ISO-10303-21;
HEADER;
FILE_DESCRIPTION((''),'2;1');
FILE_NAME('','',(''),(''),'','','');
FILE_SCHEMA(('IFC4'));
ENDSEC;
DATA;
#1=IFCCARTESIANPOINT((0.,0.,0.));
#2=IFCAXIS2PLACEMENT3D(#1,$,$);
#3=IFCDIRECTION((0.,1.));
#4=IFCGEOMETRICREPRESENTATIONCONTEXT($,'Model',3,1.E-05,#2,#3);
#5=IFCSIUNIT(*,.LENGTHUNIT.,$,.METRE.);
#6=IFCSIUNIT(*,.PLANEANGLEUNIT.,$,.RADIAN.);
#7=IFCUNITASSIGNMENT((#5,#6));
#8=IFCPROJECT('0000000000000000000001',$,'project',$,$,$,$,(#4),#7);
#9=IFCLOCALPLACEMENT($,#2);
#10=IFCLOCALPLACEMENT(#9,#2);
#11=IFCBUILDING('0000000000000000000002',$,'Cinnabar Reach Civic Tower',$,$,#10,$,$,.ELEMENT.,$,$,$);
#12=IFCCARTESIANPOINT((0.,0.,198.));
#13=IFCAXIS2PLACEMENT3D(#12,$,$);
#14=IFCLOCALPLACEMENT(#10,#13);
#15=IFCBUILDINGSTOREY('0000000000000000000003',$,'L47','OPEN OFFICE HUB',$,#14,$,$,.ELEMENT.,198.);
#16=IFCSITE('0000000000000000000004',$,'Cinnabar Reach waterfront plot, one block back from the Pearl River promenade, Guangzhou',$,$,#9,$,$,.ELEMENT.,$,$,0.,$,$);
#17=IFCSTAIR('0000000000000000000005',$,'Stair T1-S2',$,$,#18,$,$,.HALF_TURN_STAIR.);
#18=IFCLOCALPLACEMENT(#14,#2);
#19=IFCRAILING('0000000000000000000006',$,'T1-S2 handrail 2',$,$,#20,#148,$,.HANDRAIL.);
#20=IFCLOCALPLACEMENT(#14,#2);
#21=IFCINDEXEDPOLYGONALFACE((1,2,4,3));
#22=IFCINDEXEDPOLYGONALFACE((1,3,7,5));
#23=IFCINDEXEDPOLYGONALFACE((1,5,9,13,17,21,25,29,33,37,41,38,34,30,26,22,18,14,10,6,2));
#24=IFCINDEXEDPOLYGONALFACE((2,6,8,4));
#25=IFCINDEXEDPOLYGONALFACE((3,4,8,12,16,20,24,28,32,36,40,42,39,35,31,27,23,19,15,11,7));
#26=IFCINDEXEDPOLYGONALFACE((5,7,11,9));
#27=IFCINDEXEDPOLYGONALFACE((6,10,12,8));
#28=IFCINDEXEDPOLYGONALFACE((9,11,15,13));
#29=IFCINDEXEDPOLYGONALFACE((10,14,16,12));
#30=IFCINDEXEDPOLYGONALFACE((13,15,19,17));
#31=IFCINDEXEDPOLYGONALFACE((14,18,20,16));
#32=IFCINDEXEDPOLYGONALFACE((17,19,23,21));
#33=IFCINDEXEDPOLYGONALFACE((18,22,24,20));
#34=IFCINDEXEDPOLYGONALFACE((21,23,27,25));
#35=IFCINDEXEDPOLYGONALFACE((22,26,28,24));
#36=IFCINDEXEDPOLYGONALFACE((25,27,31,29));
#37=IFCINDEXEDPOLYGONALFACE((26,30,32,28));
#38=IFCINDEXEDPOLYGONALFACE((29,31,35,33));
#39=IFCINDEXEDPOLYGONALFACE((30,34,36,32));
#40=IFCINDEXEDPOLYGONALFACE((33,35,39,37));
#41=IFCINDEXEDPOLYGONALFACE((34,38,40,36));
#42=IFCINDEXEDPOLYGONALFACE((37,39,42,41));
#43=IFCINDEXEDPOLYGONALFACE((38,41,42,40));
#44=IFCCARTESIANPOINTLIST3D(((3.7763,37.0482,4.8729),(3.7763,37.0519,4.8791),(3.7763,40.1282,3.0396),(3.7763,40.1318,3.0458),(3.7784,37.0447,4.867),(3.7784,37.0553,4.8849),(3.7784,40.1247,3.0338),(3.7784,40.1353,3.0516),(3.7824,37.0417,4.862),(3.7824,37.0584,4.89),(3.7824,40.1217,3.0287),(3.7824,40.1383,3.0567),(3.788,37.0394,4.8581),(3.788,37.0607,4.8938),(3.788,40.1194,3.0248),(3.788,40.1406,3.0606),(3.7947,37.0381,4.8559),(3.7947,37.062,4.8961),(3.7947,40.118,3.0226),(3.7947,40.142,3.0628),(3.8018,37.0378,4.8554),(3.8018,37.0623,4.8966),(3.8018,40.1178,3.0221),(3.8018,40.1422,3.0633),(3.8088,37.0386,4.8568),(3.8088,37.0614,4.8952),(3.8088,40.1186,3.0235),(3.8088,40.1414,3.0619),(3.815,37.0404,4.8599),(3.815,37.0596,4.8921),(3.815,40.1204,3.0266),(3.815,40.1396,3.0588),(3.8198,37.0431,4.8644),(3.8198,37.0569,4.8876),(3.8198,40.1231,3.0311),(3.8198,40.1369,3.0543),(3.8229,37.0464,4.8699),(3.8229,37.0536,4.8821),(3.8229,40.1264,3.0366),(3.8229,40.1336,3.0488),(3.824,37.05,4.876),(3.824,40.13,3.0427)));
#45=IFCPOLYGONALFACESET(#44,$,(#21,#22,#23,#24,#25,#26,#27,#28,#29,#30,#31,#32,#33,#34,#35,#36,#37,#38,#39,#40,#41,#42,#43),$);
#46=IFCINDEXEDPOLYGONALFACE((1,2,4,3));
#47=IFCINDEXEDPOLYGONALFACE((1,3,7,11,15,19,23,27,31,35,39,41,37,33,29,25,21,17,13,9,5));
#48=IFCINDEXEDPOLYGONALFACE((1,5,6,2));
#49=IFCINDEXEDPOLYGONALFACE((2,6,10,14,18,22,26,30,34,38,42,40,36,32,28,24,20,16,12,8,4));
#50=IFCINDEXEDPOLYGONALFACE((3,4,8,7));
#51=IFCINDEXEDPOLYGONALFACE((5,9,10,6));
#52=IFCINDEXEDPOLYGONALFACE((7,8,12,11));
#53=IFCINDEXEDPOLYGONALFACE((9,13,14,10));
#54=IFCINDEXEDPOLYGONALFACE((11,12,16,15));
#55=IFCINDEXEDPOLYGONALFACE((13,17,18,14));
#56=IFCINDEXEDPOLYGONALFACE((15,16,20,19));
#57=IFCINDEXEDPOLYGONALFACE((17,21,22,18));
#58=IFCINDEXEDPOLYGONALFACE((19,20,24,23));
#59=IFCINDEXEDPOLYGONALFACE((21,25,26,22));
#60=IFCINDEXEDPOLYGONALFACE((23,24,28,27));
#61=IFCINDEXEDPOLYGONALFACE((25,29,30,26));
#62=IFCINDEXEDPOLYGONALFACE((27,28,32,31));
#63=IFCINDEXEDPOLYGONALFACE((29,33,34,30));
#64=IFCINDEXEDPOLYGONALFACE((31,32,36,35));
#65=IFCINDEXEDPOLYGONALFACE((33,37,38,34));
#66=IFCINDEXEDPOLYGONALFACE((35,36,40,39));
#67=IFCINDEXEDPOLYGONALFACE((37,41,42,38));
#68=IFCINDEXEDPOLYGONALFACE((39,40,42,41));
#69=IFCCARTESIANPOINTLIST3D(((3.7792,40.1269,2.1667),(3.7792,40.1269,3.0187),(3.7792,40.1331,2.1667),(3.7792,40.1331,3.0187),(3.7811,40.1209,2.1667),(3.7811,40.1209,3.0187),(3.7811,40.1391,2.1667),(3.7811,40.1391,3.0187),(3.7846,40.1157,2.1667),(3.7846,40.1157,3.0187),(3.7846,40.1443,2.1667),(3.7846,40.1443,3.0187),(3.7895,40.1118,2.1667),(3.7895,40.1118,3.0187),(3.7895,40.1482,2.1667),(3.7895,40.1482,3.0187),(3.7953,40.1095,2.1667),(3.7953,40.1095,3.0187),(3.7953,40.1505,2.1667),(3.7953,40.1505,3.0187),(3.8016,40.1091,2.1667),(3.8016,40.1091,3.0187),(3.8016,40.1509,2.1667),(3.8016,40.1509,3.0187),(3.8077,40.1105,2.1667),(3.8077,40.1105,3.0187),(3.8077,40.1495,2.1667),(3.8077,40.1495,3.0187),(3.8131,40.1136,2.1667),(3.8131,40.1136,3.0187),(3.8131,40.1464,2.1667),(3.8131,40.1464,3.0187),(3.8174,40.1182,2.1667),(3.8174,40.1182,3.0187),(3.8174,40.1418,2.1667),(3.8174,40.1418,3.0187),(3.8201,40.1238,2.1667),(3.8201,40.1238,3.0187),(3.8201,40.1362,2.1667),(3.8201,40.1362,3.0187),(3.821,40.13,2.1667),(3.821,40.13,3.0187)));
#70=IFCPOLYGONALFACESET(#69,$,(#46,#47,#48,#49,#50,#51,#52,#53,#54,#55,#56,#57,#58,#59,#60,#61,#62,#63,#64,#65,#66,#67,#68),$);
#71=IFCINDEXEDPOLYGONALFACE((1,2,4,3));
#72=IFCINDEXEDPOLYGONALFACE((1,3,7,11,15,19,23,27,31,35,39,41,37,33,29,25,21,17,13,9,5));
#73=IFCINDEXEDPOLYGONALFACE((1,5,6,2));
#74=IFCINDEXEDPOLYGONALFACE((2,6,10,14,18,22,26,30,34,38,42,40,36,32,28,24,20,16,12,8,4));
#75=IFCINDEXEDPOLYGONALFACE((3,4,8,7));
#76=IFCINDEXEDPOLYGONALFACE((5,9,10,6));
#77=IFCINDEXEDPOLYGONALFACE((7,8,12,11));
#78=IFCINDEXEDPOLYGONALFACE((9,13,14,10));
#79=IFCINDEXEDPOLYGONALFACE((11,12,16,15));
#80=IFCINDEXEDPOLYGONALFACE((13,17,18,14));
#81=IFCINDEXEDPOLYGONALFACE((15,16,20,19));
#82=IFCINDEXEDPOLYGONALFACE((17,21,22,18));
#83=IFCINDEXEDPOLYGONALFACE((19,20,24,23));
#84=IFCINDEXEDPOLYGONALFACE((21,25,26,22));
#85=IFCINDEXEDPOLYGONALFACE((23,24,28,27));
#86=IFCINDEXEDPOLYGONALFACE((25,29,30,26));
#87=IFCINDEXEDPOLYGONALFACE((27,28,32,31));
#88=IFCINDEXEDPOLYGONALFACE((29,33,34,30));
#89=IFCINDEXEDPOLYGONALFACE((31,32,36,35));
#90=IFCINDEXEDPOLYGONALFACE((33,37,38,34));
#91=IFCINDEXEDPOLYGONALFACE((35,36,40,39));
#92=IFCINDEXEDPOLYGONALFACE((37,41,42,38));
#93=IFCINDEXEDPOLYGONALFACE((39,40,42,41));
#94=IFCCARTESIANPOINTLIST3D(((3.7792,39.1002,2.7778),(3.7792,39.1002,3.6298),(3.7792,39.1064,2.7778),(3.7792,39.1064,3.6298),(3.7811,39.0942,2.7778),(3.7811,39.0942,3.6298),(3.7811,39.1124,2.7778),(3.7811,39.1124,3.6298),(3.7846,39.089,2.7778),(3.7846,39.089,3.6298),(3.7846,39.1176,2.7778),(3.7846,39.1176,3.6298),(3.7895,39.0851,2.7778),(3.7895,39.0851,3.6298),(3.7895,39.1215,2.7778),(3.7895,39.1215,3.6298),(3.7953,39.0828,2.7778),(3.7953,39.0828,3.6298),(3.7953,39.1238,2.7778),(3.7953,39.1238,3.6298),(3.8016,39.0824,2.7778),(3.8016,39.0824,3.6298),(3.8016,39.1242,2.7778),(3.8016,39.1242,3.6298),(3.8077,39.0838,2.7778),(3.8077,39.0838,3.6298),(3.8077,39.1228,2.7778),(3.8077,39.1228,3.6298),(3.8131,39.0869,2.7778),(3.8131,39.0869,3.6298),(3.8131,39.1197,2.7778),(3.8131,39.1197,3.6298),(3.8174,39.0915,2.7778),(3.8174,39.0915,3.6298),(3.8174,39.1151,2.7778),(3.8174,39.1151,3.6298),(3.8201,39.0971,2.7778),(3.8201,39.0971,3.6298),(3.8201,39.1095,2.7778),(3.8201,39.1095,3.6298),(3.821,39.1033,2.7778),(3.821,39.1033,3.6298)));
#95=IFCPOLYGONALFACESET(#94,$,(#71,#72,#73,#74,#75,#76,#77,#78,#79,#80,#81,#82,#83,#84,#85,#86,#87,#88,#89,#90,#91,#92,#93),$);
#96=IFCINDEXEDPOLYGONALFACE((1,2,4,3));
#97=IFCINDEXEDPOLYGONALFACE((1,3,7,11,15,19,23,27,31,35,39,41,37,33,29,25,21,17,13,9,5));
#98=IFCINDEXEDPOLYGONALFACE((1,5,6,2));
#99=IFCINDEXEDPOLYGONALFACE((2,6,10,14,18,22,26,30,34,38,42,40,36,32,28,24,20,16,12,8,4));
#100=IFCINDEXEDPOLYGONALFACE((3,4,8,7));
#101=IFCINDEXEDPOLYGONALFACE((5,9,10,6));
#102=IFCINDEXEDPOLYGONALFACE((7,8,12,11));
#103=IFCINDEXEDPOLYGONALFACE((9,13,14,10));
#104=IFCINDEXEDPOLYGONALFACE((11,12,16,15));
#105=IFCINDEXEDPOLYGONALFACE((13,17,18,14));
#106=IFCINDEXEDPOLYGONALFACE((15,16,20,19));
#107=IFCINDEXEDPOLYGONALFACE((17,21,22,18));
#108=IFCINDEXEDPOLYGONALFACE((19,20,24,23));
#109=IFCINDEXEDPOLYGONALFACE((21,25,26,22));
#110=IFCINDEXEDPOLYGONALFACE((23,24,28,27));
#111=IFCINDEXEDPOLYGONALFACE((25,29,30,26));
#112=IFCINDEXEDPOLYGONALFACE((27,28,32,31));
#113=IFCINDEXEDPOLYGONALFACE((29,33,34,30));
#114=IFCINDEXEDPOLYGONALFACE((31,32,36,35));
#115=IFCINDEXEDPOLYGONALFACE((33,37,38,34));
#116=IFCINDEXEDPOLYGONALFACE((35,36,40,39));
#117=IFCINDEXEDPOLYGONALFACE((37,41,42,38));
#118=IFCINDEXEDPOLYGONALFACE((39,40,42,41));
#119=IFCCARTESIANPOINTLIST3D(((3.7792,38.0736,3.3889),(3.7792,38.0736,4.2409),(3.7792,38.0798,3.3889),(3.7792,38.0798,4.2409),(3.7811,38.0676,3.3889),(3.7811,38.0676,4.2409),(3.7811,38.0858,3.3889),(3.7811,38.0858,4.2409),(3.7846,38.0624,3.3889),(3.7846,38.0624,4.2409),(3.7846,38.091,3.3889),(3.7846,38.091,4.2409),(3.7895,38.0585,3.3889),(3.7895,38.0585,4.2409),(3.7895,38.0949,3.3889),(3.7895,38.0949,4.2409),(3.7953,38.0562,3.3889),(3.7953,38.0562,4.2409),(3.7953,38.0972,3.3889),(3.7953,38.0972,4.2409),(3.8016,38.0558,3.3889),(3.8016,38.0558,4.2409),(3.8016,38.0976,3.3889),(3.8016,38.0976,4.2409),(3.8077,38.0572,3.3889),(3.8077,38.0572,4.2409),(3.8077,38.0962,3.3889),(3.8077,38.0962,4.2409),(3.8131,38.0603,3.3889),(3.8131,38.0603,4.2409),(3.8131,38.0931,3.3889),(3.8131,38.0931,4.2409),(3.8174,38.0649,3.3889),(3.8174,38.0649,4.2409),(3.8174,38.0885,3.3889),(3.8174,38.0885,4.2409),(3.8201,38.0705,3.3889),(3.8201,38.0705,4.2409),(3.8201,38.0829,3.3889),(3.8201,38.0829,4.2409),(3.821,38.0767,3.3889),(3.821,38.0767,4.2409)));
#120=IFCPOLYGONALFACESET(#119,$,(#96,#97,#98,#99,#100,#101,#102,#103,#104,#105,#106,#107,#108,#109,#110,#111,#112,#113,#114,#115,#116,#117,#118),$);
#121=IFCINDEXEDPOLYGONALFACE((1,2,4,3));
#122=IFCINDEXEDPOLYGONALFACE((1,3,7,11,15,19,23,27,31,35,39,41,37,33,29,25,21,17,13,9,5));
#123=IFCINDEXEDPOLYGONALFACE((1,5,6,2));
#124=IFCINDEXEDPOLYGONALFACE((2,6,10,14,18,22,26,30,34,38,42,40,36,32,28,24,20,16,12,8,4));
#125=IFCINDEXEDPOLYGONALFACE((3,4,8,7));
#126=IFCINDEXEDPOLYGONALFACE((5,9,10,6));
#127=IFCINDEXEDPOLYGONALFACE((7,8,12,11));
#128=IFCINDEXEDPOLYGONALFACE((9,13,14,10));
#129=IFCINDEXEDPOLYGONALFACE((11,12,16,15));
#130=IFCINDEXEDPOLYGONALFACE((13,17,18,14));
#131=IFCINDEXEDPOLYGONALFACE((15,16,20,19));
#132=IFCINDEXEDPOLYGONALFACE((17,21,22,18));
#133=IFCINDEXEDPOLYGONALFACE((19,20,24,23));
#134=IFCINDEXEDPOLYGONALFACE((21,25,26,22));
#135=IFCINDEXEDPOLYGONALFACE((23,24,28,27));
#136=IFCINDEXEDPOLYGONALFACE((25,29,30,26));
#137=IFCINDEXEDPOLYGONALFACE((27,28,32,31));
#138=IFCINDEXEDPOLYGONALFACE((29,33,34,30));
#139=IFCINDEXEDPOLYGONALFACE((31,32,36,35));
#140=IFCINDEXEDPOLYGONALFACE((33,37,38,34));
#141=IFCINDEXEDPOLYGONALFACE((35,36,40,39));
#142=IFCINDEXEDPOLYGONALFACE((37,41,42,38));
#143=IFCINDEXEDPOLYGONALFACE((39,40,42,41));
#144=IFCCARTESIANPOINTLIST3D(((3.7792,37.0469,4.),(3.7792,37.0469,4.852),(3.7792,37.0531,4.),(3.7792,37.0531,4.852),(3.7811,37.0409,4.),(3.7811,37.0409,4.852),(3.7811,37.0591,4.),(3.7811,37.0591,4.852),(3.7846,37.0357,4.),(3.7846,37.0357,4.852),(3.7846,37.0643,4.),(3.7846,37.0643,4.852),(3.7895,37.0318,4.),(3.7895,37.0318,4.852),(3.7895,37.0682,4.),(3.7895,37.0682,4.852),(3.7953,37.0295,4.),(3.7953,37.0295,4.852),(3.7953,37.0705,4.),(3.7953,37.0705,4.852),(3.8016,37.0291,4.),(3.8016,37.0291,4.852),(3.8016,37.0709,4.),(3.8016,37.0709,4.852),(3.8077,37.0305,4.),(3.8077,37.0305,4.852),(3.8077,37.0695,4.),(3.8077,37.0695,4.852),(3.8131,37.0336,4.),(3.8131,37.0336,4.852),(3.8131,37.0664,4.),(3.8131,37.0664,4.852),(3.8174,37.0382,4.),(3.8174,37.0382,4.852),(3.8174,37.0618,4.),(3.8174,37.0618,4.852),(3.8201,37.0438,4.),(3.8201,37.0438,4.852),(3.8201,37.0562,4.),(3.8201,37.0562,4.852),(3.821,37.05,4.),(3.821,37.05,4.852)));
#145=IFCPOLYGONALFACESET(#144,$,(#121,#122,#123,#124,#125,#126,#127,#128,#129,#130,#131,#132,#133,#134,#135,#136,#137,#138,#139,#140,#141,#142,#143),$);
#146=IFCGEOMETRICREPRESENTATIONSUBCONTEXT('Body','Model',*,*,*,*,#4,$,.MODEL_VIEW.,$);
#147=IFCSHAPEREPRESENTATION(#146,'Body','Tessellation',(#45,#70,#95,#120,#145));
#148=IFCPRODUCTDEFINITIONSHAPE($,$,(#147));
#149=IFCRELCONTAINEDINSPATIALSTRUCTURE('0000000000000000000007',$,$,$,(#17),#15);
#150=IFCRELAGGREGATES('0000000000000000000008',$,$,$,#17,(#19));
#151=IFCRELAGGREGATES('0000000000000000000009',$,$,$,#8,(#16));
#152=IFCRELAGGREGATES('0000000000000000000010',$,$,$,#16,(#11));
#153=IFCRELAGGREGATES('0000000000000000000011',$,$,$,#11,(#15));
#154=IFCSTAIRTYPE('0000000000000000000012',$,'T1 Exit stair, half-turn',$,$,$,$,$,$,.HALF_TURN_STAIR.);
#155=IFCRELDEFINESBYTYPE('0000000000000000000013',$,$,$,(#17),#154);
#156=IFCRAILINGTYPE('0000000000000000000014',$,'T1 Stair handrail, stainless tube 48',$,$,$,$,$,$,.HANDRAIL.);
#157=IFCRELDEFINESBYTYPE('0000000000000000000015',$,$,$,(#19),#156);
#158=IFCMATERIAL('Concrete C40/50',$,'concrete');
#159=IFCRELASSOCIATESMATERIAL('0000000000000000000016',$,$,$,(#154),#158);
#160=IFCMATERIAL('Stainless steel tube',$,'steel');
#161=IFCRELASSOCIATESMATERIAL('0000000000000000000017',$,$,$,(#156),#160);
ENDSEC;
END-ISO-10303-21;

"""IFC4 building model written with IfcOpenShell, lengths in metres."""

from ifc_helpers import new_model, si_unit, direction, frame, origin, origin_2d, place, context, subcontext, project, spatial, circle, extrude, material, type_object, element, aggregate, save


model = new_model("IFC4")

# Units and contexts
model_context = context("Model", 3, precision=1e-05, world=origin(), true_north=direction((0.0, 1.0)))
body_context = subcontext(model_context, "Body", "Model", "MODEL_VIEW")
ifc_project = project(units=[si_unit("LENGTHUNIT", "METRE"), si_unit("PLANEANGLEUNIT", "RADIAN")], contexts=[model_context])

# Site, building, storey
site_placement = place(None, origin())
site = spatial("IfcSite", under=ifc_project, at=site_placement, Name="Cinnabar Reach waterfront plot, one block back from the Pearl River promenade, Guangzhou", CompositionType="ELEMENT", RefElevation=0.0)
building_placement = place(site_placement, origin())
building = spatial("IfcBuilding", under=site, at=building_placement, Name="Cinnabar Reach Civic Tower", CompositionType="ELEMENT")
storey_placement = place(building_placement, frame((0.0, 0.0, 198.0)))
storey = spatial("IfcBuildingStorey", under=building, at=storey_placement, Name="L47", Description="OPEN OFFICE HUB", CompositionType="ELEMENT", Elevation=198.0)

# Shared definitions
ifc_material_1 = material(Name="Concrete C40/50", Category="concrete")

# Stair, railing
stair_type = type_object("IfcStairType", Name="T1 Exit stair, half-turn", PredefinedType="HALF_TURN_STAIR", material=ifc_material_1)
stair_placement = place(storey_placement, origin())
stair = element("IfcStair", 1, at=stair_placement, inside=storey, type_object=stair_type, Name="Stair T1-S2", PredefinedType="HALF_TURN_STAIR")
ifc_material_2 = material(Name="Stainless steel tube", Category="steel")
railing_type = type_object("IfcRailingType", Name="T1 Stair handrail, stainless tube 48", PredefinedType="HANDRAIL", material=ifc_material_2)
railing_1_placement = place(storey_placement, frame((3.8, 40.13, 2.1667)))
railing_1 = element("IfcRailing", 2, at=railing_1_placement, type_object=railing_type, Name="T1-S2 handrail 2", PredefinedType="HANDRAIL", context=body_context, shape_type="SweptSolid", body=[
    extrude(circle(Radius=0.024, at=origin_2d()), frame((0.0, 0.0, 0.876), z_axis=(0.0, -0.859297, 0.511477), x_axis=(1.0, 0.0, 0.0)), (0.0, 0.0, 1.0), 3.5843),
    extrude(circle(Radius=0.021, at=origin_2d()), origin(), (0.0, 0.0, 1.0), 0.852),
    extrude(circle(Radius=0.021, at=origin_2d()), frame((0.0, -1.0267, 0.6111)), (0.0, 0.0, 1.0), 0.852),
    extrude(circle(Radius=0.021, at=origin_2d()), frame((0.0, -2.0533, 1.2222)), (0.0, 0.0, 1.0), 0.852),
    extrude(circle(Radius=0.021, at=origin_2d()), frame((0.0, -3.08, 1.8333)), (0.0, 0.0, 1.0), 0.852),
])
aggregate(stair, [railing_1])

save(model, "model.ifc")
